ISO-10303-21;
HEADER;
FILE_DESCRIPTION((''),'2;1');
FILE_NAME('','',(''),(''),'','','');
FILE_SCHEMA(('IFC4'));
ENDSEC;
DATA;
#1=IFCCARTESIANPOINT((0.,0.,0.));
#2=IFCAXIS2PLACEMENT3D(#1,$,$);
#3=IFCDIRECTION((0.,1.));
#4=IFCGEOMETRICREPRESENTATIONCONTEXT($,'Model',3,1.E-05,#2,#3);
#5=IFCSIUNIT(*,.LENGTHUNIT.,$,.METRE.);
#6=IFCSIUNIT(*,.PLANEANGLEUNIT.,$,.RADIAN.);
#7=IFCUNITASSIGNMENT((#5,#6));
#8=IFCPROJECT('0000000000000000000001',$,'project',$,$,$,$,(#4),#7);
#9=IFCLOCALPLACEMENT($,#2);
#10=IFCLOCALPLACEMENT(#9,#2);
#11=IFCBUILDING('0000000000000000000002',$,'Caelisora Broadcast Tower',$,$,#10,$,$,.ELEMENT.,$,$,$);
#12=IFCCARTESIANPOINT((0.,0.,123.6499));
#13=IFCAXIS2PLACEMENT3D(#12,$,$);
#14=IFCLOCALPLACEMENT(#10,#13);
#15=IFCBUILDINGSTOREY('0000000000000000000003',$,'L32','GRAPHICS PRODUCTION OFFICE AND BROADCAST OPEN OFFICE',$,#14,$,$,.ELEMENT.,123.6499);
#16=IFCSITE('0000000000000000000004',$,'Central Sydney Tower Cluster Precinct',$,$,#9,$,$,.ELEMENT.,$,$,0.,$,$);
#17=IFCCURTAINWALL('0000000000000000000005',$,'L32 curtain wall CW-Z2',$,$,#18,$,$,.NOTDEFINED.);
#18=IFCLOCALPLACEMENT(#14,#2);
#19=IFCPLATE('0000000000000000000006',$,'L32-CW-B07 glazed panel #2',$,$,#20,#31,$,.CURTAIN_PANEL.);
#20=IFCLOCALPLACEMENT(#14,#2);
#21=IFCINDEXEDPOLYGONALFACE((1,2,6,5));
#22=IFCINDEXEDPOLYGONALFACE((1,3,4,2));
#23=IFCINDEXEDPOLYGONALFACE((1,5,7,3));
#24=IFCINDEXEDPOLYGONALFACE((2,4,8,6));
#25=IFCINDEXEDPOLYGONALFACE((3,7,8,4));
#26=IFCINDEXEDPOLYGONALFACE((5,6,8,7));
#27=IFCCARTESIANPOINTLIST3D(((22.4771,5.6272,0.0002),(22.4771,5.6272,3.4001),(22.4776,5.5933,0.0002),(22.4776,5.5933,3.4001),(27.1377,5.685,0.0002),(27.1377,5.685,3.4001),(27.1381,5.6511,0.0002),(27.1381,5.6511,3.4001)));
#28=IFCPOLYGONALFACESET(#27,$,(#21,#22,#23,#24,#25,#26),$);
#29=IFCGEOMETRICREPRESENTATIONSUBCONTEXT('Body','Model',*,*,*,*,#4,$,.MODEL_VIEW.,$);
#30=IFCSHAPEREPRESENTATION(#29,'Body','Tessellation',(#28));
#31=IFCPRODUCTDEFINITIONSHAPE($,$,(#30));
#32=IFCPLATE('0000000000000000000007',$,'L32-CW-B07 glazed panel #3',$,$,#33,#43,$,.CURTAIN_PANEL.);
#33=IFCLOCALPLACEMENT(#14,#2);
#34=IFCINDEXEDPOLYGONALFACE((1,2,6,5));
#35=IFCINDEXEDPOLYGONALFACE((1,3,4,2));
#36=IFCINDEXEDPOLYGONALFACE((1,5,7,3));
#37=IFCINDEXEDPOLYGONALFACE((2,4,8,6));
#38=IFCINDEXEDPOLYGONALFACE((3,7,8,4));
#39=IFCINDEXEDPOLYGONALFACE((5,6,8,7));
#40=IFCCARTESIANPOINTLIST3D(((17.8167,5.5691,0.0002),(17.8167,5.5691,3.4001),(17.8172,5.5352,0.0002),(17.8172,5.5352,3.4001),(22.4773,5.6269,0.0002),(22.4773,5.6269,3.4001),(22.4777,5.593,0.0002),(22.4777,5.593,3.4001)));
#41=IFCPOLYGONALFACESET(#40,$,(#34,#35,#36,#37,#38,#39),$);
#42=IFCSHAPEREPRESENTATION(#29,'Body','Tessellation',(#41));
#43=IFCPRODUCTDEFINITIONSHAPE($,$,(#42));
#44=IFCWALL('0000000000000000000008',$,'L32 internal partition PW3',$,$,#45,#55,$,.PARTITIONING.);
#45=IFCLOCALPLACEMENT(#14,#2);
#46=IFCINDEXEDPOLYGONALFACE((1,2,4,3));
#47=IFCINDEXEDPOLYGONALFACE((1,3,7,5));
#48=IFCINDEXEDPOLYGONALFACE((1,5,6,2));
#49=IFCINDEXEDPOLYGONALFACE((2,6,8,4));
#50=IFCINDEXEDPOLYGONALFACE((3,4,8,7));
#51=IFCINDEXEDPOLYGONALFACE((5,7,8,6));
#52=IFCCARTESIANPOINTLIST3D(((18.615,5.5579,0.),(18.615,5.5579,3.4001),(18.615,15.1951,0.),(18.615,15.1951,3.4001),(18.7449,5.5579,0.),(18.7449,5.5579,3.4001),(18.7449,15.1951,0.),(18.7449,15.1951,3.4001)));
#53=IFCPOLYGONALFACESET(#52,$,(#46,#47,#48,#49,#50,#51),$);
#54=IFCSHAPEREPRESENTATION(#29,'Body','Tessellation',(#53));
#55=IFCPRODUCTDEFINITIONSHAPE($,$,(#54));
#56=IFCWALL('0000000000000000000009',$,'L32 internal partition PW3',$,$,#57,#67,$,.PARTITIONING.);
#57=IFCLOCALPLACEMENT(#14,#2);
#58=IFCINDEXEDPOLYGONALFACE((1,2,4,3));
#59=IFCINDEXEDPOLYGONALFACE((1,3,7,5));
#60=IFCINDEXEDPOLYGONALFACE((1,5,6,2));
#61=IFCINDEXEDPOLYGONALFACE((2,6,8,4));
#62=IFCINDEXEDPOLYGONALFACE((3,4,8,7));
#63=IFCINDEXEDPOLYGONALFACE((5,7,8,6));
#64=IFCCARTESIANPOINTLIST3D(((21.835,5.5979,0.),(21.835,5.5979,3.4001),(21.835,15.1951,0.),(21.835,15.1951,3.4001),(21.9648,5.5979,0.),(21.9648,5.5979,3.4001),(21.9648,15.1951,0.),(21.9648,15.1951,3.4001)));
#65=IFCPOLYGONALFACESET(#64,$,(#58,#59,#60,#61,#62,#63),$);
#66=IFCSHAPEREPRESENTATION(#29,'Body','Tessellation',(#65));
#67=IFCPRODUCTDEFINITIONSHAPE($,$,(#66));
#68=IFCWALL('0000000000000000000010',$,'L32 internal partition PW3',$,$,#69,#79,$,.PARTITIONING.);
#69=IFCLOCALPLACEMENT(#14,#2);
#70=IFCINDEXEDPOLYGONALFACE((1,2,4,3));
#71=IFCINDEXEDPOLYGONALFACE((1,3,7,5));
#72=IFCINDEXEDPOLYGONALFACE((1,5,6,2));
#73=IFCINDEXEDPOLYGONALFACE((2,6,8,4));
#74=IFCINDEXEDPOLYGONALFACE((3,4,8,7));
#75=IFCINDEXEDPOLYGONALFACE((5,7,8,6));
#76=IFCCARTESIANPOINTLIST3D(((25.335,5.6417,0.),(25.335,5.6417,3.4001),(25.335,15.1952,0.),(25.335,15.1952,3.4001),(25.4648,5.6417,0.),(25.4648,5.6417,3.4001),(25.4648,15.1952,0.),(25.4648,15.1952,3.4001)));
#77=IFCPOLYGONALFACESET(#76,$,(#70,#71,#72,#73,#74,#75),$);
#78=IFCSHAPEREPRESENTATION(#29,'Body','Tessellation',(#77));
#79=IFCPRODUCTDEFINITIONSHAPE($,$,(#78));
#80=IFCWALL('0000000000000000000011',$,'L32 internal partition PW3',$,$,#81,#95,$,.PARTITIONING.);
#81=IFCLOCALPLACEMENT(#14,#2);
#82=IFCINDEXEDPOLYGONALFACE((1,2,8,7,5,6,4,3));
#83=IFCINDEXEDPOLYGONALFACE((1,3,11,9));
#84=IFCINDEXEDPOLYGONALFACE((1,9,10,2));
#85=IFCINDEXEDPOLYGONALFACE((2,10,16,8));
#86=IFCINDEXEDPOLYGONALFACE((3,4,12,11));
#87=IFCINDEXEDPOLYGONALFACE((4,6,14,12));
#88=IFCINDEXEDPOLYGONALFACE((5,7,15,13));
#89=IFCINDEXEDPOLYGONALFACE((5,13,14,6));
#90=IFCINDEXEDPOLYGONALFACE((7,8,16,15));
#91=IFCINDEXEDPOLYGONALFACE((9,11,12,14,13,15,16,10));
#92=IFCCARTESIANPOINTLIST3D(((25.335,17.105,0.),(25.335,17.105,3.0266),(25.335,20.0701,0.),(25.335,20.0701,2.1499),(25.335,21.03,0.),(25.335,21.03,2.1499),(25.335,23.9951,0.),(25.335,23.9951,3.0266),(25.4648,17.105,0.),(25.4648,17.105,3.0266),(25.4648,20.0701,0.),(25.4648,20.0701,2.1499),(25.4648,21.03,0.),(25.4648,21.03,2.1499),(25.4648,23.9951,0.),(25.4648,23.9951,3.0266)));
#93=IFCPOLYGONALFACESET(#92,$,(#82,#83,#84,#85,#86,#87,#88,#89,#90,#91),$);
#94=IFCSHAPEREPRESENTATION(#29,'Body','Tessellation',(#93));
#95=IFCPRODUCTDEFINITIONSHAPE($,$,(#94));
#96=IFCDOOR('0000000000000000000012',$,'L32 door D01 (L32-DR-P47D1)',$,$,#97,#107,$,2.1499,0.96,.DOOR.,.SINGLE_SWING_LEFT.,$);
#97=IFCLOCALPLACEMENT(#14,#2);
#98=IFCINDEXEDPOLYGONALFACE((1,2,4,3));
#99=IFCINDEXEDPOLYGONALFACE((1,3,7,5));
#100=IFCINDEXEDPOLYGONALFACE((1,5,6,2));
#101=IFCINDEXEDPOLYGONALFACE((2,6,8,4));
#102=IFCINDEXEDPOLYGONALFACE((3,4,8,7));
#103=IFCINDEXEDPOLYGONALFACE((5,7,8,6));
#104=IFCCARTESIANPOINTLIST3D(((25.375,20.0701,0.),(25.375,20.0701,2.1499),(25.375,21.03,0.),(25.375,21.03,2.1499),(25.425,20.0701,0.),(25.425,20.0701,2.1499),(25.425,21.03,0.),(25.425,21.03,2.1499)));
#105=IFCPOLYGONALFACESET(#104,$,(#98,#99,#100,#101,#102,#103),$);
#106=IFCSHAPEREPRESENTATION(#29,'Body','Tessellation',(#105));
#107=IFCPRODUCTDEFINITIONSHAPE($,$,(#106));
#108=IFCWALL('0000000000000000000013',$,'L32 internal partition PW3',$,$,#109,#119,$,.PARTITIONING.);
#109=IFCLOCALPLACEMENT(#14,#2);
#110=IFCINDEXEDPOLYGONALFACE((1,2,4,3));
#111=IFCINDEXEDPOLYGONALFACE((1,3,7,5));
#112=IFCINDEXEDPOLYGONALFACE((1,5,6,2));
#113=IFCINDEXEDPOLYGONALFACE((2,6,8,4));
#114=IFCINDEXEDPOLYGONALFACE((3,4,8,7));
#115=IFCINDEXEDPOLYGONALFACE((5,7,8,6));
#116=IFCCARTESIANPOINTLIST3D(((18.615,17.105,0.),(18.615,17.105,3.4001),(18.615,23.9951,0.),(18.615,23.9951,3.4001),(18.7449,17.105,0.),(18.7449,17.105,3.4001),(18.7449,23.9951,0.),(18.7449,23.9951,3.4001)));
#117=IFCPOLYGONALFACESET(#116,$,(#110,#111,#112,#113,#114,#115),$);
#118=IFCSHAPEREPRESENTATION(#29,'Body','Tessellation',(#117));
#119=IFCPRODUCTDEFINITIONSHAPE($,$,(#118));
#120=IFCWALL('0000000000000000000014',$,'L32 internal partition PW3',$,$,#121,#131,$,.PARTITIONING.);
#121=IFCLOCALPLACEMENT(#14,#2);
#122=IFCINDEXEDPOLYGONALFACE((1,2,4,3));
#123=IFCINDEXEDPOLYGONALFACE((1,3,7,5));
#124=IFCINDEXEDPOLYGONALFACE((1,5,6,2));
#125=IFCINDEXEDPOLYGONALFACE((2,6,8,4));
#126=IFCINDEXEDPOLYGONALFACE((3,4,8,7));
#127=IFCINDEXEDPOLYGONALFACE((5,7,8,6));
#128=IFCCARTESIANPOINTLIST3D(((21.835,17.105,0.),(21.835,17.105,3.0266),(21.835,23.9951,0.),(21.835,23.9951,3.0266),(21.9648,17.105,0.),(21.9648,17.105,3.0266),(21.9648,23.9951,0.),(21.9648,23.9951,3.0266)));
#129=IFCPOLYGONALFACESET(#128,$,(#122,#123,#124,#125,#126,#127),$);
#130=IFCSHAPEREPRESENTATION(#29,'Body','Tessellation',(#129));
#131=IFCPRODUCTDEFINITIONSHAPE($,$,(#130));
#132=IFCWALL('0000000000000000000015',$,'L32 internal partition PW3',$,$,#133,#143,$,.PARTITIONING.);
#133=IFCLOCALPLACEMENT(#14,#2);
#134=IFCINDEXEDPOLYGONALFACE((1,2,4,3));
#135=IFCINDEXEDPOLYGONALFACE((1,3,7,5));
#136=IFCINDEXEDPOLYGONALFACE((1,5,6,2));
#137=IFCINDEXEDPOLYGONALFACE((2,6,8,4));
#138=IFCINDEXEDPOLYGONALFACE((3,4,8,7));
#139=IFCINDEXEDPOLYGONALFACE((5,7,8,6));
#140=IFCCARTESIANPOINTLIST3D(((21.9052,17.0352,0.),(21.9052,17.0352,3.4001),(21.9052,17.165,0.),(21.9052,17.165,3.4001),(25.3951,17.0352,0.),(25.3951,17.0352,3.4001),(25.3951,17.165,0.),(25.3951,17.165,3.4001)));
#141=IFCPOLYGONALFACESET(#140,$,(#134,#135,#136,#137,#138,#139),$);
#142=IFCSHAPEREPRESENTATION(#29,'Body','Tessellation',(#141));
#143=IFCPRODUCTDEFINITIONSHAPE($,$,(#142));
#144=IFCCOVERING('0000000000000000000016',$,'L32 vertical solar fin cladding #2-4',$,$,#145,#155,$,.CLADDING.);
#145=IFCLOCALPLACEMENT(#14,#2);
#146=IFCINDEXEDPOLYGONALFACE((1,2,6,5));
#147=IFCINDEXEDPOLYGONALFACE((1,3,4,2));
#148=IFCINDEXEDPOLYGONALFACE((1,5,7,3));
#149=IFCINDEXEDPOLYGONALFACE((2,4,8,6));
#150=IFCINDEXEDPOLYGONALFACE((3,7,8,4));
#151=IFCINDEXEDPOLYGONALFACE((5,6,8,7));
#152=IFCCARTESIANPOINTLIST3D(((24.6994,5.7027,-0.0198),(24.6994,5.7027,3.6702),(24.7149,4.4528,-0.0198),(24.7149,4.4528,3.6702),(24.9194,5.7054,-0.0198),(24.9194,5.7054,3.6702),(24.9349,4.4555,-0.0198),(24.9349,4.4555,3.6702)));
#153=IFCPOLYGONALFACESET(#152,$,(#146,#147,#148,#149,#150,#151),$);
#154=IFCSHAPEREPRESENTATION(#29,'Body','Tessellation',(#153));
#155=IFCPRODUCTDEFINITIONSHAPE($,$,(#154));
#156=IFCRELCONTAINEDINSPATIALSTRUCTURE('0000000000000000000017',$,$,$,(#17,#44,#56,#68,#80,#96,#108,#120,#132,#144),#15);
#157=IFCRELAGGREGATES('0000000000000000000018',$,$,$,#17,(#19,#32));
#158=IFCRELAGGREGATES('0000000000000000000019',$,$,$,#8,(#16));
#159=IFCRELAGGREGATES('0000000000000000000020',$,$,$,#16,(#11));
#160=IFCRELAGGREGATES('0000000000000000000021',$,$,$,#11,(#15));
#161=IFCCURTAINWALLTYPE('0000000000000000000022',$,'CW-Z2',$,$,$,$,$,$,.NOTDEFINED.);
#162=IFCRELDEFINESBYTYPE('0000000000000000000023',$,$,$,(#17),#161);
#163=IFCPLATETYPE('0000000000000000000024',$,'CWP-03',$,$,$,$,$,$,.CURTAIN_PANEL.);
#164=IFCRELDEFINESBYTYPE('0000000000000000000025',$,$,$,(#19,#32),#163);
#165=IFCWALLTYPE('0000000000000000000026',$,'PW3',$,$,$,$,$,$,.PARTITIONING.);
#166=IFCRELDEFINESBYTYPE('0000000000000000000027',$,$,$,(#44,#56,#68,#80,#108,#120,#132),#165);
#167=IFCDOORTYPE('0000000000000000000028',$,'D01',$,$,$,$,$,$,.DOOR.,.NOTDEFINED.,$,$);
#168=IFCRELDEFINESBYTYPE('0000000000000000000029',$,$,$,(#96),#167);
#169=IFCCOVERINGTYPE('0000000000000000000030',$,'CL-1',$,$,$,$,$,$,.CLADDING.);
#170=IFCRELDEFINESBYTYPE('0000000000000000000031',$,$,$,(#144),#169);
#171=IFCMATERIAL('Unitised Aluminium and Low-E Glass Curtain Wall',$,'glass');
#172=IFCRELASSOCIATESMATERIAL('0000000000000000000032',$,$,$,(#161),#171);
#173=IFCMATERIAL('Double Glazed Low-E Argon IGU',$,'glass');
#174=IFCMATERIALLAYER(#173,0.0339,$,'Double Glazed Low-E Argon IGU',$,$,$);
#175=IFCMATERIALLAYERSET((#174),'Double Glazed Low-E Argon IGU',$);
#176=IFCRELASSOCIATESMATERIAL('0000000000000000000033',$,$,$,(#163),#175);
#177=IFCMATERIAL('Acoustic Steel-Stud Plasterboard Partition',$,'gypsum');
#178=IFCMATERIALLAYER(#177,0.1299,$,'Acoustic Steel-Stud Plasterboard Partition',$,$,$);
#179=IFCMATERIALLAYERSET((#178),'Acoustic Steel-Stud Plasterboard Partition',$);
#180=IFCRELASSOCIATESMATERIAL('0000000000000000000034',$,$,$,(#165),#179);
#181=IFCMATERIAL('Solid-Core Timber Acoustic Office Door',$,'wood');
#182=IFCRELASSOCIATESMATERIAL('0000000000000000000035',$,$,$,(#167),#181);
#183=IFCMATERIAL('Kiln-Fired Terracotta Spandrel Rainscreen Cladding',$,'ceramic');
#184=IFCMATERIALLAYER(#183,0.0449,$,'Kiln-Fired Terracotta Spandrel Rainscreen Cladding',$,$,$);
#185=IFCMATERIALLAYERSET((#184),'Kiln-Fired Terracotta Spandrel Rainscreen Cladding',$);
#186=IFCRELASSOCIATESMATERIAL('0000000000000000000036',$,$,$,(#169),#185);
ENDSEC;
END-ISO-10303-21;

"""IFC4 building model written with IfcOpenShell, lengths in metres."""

from ifc_helpers import new_model, si_unit, direction, frame, frame_2d, origin, origin_2d, place, context, subcontext, project, spatial, rectangle, extrude, source, transform, mapped, material, layer, layer_set, type_object, type_shapes, element, fill, aggregate, save


model = new_model("IFC4")

# Units and contexts
model_context = context("Model", 3, precision=1e-05, world=origin(), true_north=direction((0.0, 1.0)))
body_context = subcontext(model_context, "Body", "Model", "MODEL_VIEW")
ifc_project = project(units=[si_unit("LENGTHUNIT", "METRE"), si_unit("PLANEANGLEUNIT", "RADIAN")], contexts=[model_context])

# Site, building, storey
site_placement = place(None, origin())
site = spatial("IfcSite", under=ifc_project, at=site_placement, Name="Central Sydney Tower Cluster Precinct", CompositionType="ELEMENT", RefElevation=0.0)
building_placement = place(site_placement, origin())
building = spatial("IfcBuilding", under=site, at=building_placement, Name="Caelisora Broadcast Tower", CompositionType="ELEMENT")
storey_placement = place(building_placement, frame((0.0, 0.0, 123.6499)))
storey = spatial("IfcBuildingStorey", under=building, at=storey_placement, Name="L32", Description="GRAPHICS PRODUCTION OFFICE AND BROADCAST OPEN OFFICE", CompositionType="ELEMENT", Elevation=123.6499)

# Curtain wall, plates
ifc_material_1 = material(Name="Unitised Aluminium and Low-E Glass Curtain Wall", Category="glass")
curtain_wall_type = type_object("IfcCurtainWallType", Name="CW-Z2", PredefinedType="NOTDEFINED", material=ifc_material_1)
curtain_wall_placement = place(storey_placement, origin())
curtain_wall = element("IfcCurtainWall", 1, at=curtain_wall_placement, inside=storey, type_object=curtain_wall_type, Name="L32 curtain wall CW-Z2", PredefinedType="NOTDEFINED")
ifc_material_2 = material(Name="Double Glazed Low-E Argon IGU", Category="glass")
ifc_layer_1 = layer(ifc_material_2, 0.0339, Name="Double Glazed Low-E Argon IGU")
ifc_layer_set_1 = layer_set([ifc_layer_1], Name="Double Glazed Low-E Argon IGU")
plate_type = type_object("IfcPlateType", Name="CWP-03", PredefinedType="CURTAIN_PANEL", material=ifc_layer_set_1)
shared_shape_1 = source(origin(), body_context, "Body", "SweptSolid", [
    extrude(rectangle(XDim=4.6609, YDim=0.0339, at=origin_2d()), origin(), (0.0, 0.0, 1.0), 3.3999),
])
type_shapes(plate_type, [shared_shape_1])
plate_1_placement = place(storey_placement, frame((24.8076, 5.6392, 0.0002), z_axis=(0.0, 0.0, 1.0), x_axis=(-0.999923, -0.012392, 0.0)))
plate_1 = element("IfcPlate", 2, at=plate_1_placement, type_object=plate_type, Name="L32-CW-B07 glazed panel #2", PredefinedType="CURTAIN_PANEL", context=body_context, shape_type="MappedRepresentation", body=[
    mapped(shared_shape_1, transform((0.0, 0.0, 0.0), scale=1.0)),
])
plate_2_placement = place(storey_placement, frame((20.1472, 5.5811, 0.0002), z_axis=(0.0, 0.0, 1.0), x_axis=(-0.999923, -0.012392, 0.0)))
plate_2 = element("IfcPlate", 3, at=plate_2_placement, type_object=plate_type, Name="L32-CW-B07 glazed panel #3", PredefinedType="CURTAIN_PANEL", context=body_context, shape_type="MappedRepresentation", body=[
    mapped(shared_shape_1, transform((0.0, 0.0, 0.0), scale=1.0)),
])
aggregate(curtain_wall, [plate_1, plate_2])

# Walls
ifc_material_3 = material(Name="Acoustic Steel-Stud Plasterboard Partition", Category="gypsum")
ifc_layer_2 = layer(ifc_material_3, 0.1299, Name="Acoustic Steel-Stud Plasterboard Partition")
ifc_layer_set_2 = layer_set([ifc_layer_2], Name="Acoustic Steel-Stud Plasterboard Partition")
wall_type = type_object("IfcWallType", Name="PW3", PredefinedType="PARTITIONING", material=ifc_layer_set_2)
wall_1_placement = place(storey_placement, frame((18.6799, 5.5579, 0.0), z_axis=(0.0, 0.0, 1.0), x_axis=(0.0, 1.0, 0.0)))
element("IfcWall", 4, at=wall_1_placement, inside=storey, type_object=wall_type, Name="L32 internal partition PW3", PredefinedType="PARTITIONING", context=body_context, shape_type="SweptSolid", body=[
    extrude(rectangle(XDim=9.6372, YDim=0.1299, at=frame_2d((4.8186, 0.0))), origin(), (0.0, 0.0, 1.0), 3.4001),
])
wall_2_placement = place(storey_placement, frame((21.8999, 5.5979, 0.0), z_axis=(0.0, 0.0, 1.0), x_axis=(0.0, 1.0, 0.0)))
element("IfcWall", 5, at=wall_2_placement, inside=storey, type_object=wall_type, Name="L32 internal partition PW3", PredefinedType="PARTITIONING", context=body_context, shape_type="SweptSolid", body=[
    extrude(rectangle(XDim=9.5972, YDim=0.1299, at=frame_2d((4.7986, 0.0))), origin(), (0.0, 0.0, 1.0), 3.4001),
])
wall_3_placement = place(storey_placement, frame((25.3999, 5.6416, 0.0), z_axis=(0.0, 0.0, 1.0), x_axis=(0.0, 1.0, 0.0)))
element("IfcWall", 6, at=wall_3_placement, inside=storey, type_object=wall_type, Name="L32 internal partition PW3", PredefinedType="PARTITIONING", context=body_context, shape_type="SweptSolid", body=[
    extrude(rectangle(XDim=9.5535, YDim=0.1299, at=frame_2d((4.7769, 0.0))), origin(), (0.0, 0.0, 1.0), 3.4001),
])

# Wall, opening, door
wall_4_placement = place(storey_placement, frame((25.3999, 17.105, 0.0), z_axis=(0.0, 0.0, 1.0), x_axis=(0.0, 1.0, 0.0)))
wall_4 = element("IfcWall", 7, at=wall_4_placement, inside=storey, type_object=wall_type, Name="L32 internal partition PW3", PredefinedType="PARTITIONING", context=body_context, shape_type="SweptSolid", body=[
    extrude(rectangle(XDim=6.8901, YDim=0.1299, at=frame_2d((3.4451, 0.0))), origin(), (0.0, 0.0, 1.0), 3.0266),
])
opening_1_placement = place(wall_4_placement, frame((2.9651, 0.0, 0.0)))
opening_1 = element("IfcOpeningElement", 8, at=opening_1_placement, cuts=wall_4, PredefinedType="OPENING", context=body_context, shape_type="SweptSolid", body=[
    extrude(rectangle(XDim=0.96, YDim=2.1499, at=frame_2d((0.48, 1.075))), frame((0.0, 0.0769, 0.0), z_axis=(0.0, -1.0, 0.0), x_axis=(1.0, 0.0, 0.0)), (0.0, 0.0, 1.0), 0.1538),
])
ifc_material_4 = material(Name="Solid-Core Timber Acoustic Office Door", Category="wood")
door_type = type_object("IfcDoorType", Name="D01", OperationType="NOTDEFINED", PredefinedType="DOOR", material=ifc_material_4)
door_1_placement = place(opening_1_placement, origin())
door_1 = element("IfcDoor", 9, at=door_1_placement, inside=storey, type_object=door_type, Name="L32 door D01 (L32-DR-P47D1)", OperationType="SINGLE_SWING_LEFT", OverallHeight=2.1499, OverallWidth=0.96, PredefinedType="DOOR", context=body_context, shape_type="SweptSolid", body=[
    extrude(rectangle(XDim=0.96, YDim=2.1499, at=frame_2d((0.48, 1.075))), frame((0.0, 0.0249, 0.0), z_axis=(0.0, -1.0, 0.0), x_axis=(1.0, 0.0, 0.0)), (0.0, 0.0, 1.0), 0.05),
])
fill(opening_1, door_1)

# Walls
wall_5_placement = place(storey_placement, frame((18.6799, 17.105, 0.0), z_axis=(0.0, 0.0, 1.0), x_axis=(0.0, 1.0, 0.0)))
element("IfcWall", 10, at=wall_5_placement, inside=storey, type_object=wall_type, Name="L32 internal partition PW3", PredefinedType="PARTITIONING", context=body_context, shape_type="SweptSolid", body=[
    extrude(rectangle(XDim=6.8901, YDim=0.1299, at=frame_2d((3.4451, 0.0))), origin(), (0.0, 0.0, 1.0), 3.4001),
])
wall_6_placement = place(storey_placement, frame((21.8999, 17.105, 0.0), z_axis=(0.0, 0.0, 1.0), x_axis=(0.0, 1.0, 0.0)))
element("IfcWall", 11, at=wall_6_placement, inside=storey, type_object=wall_type, Name="L32 internal partition PW3", PredefinedType="PARTITIONING", context=body_context, shape_type="SweptSolid", body=[
    extrude(rectangle(XDim=6.8901, YDim=0.1299, at=frame_2d((3.4451, 0.0))), origin(), (0.0, 0.0, 1.0), 3.0266),
])
wall_7_placement = place(storey_placement, frame((21.905, 17.1001, 0.0), z_axis=(0.0, 0.0, 1.0), x_axis=(1.0, 0.0, 0.0)))
element("IfcWall", 12, at=wall_7_placement, inside=storey, type_object=wall_type, Name="L32 internal partition PW3", PredefinedType="PARTITIONING", context=body_context, shape_type="SweptSolid", body=[
    extrude(rectangle(XDim=3.49, YDim=0.1299, at=frame_2d((1.7451, 0.0))), origin(), (0.0, 0.0, 1.0), 3.4001),
])

# Covering
ifc_material_5 = material(Name="Kiln-Fired Terracotta Spandrel Rainscreen Cladding", Category="ceramic")
ifc_layer_3 = layer(ifc_material_5, 0.0449, Name="Kiln-Fired Terracotta Spandrel Rainscreen Cladding")
ifc_layer_set_3 = layer_set([ifc_layer_3], Name="Kiln-Fired Terracotta Spandrel Rainscreen Cladding")
covering_type = type_object("IfcCoveringType", Name="CL-1", PredefinedType="CLADDING", material=ifc_layer_set_3)
shared_shape_2 = source(origin(), body_context, "Body", "SweptSolid", [
    extrude(rectangle(XDim=0.22, YDim=1.25, at=origin_2d()), origin(), (0.0, 0.0, 1.0), 3.6899),
])
type_shapes(covering_type, [shared_shape_2])
covering_placement = place(storey_placement, frame((24.8171, 5.0791, -0.0198), z_axis=(0.0, 0.0, 1.0), x_axis=(-0.999923, -0.012392, 0.0)))
element("IfcCovering", 13, at=covering_placement, inside=storey, type_object=covering_type, Name="L32 vertical solar fin cladding #2-4", PredefinedType="CLADDING", context=body_context, shape_type="MappedRepresentation", body=[
    mapped(shared_shape_2, transform((0.0, 0.0, 0.0), scale=1.0)),
])

save(model, "model.ifc")
